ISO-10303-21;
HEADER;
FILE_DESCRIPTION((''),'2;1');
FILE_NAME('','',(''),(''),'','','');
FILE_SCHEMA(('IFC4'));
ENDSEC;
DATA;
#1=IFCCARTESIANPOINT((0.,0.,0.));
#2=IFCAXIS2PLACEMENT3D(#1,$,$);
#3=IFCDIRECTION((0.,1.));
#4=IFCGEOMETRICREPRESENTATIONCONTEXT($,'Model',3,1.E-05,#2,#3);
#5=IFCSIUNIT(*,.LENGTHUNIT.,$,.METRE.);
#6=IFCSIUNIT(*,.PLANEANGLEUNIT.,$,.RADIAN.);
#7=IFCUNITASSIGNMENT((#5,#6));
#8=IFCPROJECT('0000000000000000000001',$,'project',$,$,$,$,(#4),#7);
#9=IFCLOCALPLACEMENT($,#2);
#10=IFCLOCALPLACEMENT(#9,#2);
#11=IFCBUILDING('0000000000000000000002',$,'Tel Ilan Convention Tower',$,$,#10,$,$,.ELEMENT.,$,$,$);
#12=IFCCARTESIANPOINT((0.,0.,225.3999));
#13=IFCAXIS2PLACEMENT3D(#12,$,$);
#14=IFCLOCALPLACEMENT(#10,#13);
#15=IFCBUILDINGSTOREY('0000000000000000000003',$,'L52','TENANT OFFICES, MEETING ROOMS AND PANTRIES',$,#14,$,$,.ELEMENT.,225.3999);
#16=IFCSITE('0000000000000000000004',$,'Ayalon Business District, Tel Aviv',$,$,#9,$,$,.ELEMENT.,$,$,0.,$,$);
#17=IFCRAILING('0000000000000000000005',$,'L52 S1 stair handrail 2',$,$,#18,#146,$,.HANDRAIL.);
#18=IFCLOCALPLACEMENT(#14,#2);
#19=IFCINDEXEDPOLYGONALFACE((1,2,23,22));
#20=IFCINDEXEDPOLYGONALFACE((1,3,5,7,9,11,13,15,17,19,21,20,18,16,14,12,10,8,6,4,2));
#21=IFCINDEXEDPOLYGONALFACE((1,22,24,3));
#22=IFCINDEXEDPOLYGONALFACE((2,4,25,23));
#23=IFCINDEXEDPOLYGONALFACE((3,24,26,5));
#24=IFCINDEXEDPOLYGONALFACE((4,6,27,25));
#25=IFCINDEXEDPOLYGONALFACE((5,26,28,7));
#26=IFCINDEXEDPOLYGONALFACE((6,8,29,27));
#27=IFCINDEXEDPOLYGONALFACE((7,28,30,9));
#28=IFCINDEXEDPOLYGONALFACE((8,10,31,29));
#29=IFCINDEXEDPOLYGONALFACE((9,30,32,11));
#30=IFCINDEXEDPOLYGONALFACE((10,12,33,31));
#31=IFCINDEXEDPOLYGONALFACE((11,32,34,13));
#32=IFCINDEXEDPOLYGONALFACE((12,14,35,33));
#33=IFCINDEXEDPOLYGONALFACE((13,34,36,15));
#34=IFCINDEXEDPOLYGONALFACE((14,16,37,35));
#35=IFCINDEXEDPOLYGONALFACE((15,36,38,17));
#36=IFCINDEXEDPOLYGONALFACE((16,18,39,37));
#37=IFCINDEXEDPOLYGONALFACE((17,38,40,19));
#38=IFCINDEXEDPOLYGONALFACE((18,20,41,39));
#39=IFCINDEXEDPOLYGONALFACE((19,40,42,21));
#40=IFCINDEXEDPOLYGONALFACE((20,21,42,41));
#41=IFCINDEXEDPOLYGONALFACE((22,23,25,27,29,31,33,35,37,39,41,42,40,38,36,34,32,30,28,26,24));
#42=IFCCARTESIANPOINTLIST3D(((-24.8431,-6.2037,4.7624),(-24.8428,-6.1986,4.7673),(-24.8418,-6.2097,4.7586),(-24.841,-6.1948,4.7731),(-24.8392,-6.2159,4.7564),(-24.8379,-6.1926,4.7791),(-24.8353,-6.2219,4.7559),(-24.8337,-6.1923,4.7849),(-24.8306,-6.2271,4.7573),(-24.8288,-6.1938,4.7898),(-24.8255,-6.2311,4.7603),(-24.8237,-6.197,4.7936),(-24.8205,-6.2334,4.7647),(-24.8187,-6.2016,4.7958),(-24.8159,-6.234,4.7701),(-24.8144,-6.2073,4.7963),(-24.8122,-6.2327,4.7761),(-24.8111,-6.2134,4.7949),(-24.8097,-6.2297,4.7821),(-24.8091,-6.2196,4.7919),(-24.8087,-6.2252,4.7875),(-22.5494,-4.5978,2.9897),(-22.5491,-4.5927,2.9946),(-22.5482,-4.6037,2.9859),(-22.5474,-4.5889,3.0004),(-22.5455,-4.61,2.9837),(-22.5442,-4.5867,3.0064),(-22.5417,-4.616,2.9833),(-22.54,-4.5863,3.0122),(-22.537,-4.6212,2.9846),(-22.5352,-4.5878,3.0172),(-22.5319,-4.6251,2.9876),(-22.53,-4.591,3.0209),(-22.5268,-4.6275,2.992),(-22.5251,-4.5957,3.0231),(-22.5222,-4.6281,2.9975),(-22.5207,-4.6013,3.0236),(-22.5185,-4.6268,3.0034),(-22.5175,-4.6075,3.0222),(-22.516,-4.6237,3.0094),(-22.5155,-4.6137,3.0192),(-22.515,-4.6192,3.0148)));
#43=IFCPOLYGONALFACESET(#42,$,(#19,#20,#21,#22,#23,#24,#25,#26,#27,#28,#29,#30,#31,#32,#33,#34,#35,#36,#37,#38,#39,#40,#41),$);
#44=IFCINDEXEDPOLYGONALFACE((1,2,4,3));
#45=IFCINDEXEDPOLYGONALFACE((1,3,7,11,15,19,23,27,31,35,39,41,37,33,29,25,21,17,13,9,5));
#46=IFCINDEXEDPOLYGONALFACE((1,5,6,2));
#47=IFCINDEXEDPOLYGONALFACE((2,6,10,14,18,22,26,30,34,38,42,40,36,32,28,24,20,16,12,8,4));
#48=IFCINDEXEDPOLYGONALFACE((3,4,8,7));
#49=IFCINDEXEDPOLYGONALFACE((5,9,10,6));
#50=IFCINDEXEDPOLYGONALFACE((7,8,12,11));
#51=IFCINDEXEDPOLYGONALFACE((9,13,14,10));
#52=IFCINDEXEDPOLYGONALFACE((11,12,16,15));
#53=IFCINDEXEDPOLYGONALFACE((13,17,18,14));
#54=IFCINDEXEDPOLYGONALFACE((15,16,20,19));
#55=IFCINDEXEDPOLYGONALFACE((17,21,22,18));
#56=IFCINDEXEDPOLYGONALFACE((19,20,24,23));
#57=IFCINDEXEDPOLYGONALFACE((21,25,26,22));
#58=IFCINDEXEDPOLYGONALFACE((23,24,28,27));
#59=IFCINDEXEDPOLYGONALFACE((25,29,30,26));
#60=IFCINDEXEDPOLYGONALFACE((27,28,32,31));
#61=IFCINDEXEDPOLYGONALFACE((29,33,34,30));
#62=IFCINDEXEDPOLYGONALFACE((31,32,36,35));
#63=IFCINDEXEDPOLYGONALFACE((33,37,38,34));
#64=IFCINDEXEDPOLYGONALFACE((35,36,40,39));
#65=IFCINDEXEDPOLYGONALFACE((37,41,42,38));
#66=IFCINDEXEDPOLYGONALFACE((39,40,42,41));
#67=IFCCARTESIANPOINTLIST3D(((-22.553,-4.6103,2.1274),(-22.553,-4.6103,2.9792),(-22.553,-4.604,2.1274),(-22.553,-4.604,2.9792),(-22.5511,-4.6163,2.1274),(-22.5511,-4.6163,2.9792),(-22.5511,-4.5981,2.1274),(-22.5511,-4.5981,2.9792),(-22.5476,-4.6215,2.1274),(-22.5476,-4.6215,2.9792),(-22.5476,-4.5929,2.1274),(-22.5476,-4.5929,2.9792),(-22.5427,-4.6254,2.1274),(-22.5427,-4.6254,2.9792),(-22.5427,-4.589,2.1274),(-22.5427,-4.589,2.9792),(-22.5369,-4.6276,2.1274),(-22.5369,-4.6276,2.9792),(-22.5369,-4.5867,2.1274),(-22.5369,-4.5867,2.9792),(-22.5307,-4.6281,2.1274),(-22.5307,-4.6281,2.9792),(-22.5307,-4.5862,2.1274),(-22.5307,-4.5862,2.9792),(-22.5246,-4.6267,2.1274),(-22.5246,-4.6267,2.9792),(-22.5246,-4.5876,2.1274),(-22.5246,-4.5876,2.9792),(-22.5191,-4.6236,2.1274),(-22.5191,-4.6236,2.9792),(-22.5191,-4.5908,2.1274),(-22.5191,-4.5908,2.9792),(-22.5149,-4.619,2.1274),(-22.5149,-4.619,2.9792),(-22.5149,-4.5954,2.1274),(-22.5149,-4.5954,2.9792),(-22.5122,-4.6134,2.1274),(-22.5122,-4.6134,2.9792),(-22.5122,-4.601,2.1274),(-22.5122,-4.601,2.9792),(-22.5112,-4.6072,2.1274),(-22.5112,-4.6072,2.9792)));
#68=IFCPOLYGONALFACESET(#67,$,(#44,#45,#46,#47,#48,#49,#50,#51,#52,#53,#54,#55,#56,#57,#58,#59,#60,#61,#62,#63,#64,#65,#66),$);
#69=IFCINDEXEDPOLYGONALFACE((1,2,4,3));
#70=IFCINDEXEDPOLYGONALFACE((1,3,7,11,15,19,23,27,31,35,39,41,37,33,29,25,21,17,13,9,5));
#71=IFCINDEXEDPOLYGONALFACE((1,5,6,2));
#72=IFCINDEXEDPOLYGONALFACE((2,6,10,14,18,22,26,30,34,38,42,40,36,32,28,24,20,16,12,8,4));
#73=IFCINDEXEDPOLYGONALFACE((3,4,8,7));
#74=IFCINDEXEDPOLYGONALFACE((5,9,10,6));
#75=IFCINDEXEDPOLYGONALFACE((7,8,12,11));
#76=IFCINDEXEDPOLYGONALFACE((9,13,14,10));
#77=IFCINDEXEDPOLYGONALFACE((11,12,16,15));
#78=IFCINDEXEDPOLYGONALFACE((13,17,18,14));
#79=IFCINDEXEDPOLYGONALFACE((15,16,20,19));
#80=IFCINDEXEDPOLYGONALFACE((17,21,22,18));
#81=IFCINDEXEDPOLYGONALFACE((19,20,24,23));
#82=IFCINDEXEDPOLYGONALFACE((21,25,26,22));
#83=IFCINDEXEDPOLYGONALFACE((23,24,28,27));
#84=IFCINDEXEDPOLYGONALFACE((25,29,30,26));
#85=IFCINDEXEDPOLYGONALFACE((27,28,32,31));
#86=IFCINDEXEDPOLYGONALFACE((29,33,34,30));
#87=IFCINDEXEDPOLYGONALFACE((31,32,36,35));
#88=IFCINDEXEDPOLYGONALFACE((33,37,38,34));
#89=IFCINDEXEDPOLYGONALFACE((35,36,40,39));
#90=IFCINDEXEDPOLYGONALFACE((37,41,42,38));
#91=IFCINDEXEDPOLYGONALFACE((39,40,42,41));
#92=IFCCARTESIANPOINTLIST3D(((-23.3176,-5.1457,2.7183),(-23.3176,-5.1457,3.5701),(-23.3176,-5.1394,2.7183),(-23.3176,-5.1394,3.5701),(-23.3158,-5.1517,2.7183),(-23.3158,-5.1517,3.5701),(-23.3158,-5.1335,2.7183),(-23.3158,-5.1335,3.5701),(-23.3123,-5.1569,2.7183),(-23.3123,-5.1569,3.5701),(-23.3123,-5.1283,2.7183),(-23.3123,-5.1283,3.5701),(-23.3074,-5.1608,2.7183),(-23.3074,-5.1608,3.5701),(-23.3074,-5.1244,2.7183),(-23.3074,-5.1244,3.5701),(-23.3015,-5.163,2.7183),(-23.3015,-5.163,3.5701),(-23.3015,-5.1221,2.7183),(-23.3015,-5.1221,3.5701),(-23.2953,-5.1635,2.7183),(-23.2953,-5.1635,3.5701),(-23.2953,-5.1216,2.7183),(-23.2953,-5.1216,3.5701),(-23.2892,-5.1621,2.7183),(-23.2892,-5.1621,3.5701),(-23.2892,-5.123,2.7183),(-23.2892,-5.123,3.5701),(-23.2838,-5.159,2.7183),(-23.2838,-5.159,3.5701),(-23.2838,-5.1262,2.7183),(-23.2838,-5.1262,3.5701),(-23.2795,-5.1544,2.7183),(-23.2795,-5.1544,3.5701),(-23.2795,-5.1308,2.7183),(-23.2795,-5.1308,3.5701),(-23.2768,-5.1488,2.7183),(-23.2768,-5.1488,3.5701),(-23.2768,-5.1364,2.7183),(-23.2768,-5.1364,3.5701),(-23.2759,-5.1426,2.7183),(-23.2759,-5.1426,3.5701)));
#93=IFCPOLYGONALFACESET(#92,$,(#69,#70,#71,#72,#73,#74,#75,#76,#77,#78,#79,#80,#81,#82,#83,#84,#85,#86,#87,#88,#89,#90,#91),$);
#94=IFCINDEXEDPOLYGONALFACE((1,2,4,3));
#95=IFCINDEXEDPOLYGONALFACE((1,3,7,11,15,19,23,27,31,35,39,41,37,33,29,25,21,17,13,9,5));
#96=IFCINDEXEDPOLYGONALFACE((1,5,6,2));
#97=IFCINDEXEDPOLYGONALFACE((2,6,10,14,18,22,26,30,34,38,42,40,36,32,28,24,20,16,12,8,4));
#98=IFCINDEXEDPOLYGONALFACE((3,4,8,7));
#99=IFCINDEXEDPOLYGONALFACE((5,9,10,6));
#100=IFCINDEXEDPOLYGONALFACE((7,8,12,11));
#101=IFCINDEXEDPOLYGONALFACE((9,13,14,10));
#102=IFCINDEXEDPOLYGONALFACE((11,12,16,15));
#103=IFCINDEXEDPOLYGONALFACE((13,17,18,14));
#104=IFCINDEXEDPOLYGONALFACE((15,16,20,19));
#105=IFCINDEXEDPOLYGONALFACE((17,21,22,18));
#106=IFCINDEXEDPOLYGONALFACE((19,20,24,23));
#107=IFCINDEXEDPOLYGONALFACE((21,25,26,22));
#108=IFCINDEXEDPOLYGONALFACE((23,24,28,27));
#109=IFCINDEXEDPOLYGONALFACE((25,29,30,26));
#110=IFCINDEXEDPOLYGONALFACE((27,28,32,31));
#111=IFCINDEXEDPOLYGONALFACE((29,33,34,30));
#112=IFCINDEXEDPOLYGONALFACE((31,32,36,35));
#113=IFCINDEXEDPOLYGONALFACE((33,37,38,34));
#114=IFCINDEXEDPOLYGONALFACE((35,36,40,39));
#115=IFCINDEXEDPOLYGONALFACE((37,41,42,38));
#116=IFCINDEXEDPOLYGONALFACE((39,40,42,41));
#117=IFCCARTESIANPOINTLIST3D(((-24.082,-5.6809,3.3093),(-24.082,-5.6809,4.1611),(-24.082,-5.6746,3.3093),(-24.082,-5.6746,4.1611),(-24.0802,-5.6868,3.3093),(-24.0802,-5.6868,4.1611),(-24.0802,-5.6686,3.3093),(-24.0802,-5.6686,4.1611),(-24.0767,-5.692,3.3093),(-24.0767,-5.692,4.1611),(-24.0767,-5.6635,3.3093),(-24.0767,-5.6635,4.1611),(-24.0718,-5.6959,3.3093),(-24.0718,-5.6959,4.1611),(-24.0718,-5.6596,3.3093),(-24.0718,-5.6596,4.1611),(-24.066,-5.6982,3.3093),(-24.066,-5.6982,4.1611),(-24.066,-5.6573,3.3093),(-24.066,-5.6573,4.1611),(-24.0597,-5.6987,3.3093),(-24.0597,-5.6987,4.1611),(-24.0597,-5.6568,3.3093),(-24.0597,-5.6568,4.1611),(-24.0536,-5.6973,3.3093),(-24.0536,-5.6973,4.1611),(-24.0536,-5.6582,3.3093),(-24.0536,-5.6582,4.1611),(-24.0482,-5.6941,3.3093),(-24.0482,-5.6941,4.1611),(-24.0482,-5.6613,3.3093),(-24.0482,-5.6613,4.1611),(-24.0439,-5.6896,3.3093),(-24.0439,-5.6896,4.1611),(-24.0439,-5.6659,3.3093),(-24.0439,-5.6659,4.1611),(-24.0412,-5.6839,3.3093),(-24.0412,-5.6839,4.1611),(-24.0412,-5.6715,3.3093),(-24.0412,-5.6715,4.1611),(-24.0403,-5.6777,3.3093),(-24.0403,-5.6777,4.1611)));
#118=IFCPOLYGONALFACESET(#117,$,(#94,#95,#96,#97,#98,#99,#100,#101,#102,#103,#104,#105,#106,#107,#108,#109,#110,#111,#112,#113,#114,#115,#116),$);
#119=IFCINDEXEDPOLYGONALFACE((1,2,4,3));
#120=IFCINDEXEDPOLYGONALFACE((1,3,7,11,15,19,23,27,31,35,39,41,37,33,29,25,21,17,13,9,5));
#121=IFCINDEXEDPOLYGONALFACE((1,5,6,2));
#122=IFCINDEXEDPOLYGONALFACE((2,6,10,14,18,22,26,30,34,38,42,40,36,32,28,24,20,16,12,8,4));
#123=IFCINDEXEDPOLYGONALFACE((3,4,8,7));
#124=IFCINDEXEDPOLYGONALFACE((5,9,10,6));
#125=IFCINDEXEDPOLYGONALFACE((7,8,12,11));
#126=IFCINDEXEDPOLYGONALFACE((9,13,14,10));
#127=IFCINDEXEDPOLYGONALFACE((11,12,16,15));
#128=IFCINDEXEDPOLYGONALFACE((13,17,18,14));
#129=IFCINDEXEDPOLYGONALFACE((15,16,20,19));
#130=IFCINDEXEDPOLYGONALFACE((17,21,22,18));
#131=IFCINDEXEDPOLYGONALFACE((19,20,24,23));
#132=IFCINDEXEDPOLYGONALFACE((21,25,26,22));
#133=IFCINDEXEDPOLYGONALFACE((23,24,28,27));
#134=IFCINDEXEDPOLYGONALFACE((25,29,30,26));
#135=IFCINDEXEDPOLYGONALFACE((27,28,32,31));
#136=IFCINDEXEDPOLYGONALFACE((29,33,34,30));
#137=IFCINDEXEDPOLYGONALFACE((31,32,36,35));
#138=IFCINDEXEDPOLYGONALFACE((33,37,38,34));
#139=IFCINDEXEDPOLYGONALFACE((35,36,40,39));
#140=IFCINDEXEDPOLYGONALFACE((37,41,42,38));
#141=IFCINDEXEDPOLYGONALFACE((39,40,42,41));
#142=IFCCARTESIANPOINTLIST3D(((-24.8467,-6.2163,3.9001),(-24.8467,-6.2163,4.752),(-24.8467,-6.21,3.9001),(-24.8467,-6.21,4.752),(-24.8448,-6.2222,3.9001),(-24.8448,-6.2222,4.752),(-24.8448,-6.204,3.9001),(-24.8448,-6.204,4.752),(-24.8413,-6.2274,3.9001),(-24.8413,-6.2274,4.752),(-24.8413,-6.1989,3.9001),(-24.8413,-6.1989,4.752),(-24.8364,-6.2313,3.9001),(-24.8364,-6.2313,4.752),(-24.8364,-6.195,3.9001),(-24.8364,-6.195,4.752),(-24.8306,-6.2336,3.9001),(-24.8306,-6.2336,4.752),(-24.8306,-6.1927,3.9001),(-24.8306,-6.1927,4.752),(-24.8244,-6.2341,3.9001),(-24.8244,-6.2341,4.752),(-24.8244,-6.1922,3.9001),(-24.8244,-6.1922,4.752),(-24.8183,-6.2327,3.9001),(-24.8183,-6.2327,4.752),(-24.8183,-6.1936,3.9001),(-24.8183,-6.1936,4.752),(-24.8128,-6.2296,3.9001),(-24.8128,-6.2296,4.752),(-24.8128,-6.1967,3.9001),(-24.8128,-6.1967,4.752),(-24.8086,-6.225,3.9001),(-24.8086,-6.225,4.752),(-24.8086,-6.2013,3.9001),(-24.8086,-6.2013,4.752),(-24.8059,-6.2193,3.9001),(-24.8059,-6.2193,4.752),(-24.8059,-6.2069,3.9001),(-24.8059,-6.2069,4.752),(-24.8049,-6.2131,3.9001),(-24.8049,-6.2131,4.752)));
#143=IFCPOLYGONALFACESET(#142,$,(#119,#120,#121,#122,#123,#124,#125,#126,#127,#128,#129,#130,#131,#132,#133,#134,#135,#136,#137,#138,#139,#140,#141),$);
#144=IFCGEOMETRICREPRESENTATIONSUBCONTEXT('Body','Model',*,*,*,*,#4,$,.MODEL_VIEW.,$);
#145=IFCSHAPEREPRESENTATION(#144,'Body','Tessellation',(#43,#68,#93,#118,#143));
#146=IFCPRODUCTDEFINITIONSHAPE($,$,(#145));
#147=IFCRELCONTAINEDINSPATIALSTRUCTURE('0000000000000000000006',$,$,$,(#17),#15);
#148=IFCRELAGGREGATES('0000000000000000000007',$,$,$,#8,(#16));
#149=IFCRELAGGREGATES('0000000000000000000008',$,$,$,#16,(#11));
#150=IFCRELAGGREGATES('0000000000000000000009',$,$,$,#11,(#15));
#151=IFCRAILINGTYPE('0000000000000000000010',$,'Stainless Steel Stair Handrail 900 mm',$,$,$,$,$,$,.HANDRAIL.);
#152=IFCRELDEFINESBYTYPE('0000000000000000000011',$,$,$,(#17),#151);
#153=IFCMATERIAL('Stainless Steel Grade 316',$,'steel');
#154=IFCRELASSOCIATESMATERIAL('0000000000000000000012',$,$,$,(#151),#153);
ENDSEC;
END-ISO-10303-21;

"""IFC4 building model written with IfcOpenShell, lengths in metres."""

from ifc_helpers import new_model, si_unit, direction, frame, origin, origin_2d, place, context, subcontext, project, spatial, circle, extrude, material, type_object, element, save


model = new_model("IFC4")

# Units and contexts
model_context = context("Model", 3, precision=1e-05, world=origin(), true_north=direction((0.0, 1.0)))
body_context = subcontext(model_context, "Body", "Model", "MODEL_VIEW")
ifc_project = project(units=[si_unit("LENGTHUNIT", "METRE"), si_unit("PLANEANGLEUNIT", "RADIAN")], contexts=[model_context])

# Site, building, storey
site_placement = place(None, origin())
site = spatial("IfcSite", under=ifc_project, at=site_placement, Name="Ayalon Business District, Tel Aviv", CompositionType="ELEMENT", RefElevation=0.0)
building_placement = place(site_placement, origin())
building = spatial("IfcBuilding", under=site, at=building_placement, Name="Tel Ilan Convention Tower", CompositionType="ELEMENT")
storey_placement = place(building_placement, frame((0.0, 0.0, 225.3999)))
storey = spatial("IfcBuildingStorey", under=building, at=storey_placement, Name="L52", Description="TENANT OFFICES, MEETING ROOMS AND PANTRIES", CompositionType="ELEMENT", Elevation=225.3999)

# Railing
ifc_material_1 = material(Name="Stainless Steel Grade 316", Category="steel")
railing_type_1 = type_object("IfcRailingType", Name="Stainless Steel Stair Handrail 900 mm", PredefinedType="HANDRAIL", material=ifc_material_1)
railing_1_placement = place(storey_placement, frame((-22.5322, -4.6072, 2.1274)))
element("IfcRailing", 1, at=railing_1_placement, inside=storey, type_object=railing_type_1, Name="L52 S1 stair handrail 2", PredefinedType="HANDRAIL", context=body_context, shape_type="SweptSolid", body=[
    extrude(circle(Radius=0.0239, at=origin_2d()), frame((0.0, 0.0, 0.876), z_axis=(-0.692123, -0.484597, 0.534913), x_axis=(0.57355, -0.81917, 0.0)), (0.0, 0.0, 1.0), 3.314),
    extrude(circle(Radius=0.021, at=origin_2d()), origin(), (0.0, 0.0, 1.0), 0.8518),
    extrude(circle(Radius=0.021, at=origin_2d()), frame((-0.7646, -0.5354, 0.5908)), (0.0, 0.0, 1.0), 0.8518),
    extrude(circle(Radius=0.021, at=origin_2d()), frame((-1.5291, -1.0706, 1.1819)), (0.0, 0.0, 1.0), 0.8518),
    extrude(circle(Radius=0.021, at=origin_2d()), frame((-2.2937, -1.606, 1.7727)), (0.0, 0.0, 1.0), 0.8518),
])

save(model, "model.ifc")
